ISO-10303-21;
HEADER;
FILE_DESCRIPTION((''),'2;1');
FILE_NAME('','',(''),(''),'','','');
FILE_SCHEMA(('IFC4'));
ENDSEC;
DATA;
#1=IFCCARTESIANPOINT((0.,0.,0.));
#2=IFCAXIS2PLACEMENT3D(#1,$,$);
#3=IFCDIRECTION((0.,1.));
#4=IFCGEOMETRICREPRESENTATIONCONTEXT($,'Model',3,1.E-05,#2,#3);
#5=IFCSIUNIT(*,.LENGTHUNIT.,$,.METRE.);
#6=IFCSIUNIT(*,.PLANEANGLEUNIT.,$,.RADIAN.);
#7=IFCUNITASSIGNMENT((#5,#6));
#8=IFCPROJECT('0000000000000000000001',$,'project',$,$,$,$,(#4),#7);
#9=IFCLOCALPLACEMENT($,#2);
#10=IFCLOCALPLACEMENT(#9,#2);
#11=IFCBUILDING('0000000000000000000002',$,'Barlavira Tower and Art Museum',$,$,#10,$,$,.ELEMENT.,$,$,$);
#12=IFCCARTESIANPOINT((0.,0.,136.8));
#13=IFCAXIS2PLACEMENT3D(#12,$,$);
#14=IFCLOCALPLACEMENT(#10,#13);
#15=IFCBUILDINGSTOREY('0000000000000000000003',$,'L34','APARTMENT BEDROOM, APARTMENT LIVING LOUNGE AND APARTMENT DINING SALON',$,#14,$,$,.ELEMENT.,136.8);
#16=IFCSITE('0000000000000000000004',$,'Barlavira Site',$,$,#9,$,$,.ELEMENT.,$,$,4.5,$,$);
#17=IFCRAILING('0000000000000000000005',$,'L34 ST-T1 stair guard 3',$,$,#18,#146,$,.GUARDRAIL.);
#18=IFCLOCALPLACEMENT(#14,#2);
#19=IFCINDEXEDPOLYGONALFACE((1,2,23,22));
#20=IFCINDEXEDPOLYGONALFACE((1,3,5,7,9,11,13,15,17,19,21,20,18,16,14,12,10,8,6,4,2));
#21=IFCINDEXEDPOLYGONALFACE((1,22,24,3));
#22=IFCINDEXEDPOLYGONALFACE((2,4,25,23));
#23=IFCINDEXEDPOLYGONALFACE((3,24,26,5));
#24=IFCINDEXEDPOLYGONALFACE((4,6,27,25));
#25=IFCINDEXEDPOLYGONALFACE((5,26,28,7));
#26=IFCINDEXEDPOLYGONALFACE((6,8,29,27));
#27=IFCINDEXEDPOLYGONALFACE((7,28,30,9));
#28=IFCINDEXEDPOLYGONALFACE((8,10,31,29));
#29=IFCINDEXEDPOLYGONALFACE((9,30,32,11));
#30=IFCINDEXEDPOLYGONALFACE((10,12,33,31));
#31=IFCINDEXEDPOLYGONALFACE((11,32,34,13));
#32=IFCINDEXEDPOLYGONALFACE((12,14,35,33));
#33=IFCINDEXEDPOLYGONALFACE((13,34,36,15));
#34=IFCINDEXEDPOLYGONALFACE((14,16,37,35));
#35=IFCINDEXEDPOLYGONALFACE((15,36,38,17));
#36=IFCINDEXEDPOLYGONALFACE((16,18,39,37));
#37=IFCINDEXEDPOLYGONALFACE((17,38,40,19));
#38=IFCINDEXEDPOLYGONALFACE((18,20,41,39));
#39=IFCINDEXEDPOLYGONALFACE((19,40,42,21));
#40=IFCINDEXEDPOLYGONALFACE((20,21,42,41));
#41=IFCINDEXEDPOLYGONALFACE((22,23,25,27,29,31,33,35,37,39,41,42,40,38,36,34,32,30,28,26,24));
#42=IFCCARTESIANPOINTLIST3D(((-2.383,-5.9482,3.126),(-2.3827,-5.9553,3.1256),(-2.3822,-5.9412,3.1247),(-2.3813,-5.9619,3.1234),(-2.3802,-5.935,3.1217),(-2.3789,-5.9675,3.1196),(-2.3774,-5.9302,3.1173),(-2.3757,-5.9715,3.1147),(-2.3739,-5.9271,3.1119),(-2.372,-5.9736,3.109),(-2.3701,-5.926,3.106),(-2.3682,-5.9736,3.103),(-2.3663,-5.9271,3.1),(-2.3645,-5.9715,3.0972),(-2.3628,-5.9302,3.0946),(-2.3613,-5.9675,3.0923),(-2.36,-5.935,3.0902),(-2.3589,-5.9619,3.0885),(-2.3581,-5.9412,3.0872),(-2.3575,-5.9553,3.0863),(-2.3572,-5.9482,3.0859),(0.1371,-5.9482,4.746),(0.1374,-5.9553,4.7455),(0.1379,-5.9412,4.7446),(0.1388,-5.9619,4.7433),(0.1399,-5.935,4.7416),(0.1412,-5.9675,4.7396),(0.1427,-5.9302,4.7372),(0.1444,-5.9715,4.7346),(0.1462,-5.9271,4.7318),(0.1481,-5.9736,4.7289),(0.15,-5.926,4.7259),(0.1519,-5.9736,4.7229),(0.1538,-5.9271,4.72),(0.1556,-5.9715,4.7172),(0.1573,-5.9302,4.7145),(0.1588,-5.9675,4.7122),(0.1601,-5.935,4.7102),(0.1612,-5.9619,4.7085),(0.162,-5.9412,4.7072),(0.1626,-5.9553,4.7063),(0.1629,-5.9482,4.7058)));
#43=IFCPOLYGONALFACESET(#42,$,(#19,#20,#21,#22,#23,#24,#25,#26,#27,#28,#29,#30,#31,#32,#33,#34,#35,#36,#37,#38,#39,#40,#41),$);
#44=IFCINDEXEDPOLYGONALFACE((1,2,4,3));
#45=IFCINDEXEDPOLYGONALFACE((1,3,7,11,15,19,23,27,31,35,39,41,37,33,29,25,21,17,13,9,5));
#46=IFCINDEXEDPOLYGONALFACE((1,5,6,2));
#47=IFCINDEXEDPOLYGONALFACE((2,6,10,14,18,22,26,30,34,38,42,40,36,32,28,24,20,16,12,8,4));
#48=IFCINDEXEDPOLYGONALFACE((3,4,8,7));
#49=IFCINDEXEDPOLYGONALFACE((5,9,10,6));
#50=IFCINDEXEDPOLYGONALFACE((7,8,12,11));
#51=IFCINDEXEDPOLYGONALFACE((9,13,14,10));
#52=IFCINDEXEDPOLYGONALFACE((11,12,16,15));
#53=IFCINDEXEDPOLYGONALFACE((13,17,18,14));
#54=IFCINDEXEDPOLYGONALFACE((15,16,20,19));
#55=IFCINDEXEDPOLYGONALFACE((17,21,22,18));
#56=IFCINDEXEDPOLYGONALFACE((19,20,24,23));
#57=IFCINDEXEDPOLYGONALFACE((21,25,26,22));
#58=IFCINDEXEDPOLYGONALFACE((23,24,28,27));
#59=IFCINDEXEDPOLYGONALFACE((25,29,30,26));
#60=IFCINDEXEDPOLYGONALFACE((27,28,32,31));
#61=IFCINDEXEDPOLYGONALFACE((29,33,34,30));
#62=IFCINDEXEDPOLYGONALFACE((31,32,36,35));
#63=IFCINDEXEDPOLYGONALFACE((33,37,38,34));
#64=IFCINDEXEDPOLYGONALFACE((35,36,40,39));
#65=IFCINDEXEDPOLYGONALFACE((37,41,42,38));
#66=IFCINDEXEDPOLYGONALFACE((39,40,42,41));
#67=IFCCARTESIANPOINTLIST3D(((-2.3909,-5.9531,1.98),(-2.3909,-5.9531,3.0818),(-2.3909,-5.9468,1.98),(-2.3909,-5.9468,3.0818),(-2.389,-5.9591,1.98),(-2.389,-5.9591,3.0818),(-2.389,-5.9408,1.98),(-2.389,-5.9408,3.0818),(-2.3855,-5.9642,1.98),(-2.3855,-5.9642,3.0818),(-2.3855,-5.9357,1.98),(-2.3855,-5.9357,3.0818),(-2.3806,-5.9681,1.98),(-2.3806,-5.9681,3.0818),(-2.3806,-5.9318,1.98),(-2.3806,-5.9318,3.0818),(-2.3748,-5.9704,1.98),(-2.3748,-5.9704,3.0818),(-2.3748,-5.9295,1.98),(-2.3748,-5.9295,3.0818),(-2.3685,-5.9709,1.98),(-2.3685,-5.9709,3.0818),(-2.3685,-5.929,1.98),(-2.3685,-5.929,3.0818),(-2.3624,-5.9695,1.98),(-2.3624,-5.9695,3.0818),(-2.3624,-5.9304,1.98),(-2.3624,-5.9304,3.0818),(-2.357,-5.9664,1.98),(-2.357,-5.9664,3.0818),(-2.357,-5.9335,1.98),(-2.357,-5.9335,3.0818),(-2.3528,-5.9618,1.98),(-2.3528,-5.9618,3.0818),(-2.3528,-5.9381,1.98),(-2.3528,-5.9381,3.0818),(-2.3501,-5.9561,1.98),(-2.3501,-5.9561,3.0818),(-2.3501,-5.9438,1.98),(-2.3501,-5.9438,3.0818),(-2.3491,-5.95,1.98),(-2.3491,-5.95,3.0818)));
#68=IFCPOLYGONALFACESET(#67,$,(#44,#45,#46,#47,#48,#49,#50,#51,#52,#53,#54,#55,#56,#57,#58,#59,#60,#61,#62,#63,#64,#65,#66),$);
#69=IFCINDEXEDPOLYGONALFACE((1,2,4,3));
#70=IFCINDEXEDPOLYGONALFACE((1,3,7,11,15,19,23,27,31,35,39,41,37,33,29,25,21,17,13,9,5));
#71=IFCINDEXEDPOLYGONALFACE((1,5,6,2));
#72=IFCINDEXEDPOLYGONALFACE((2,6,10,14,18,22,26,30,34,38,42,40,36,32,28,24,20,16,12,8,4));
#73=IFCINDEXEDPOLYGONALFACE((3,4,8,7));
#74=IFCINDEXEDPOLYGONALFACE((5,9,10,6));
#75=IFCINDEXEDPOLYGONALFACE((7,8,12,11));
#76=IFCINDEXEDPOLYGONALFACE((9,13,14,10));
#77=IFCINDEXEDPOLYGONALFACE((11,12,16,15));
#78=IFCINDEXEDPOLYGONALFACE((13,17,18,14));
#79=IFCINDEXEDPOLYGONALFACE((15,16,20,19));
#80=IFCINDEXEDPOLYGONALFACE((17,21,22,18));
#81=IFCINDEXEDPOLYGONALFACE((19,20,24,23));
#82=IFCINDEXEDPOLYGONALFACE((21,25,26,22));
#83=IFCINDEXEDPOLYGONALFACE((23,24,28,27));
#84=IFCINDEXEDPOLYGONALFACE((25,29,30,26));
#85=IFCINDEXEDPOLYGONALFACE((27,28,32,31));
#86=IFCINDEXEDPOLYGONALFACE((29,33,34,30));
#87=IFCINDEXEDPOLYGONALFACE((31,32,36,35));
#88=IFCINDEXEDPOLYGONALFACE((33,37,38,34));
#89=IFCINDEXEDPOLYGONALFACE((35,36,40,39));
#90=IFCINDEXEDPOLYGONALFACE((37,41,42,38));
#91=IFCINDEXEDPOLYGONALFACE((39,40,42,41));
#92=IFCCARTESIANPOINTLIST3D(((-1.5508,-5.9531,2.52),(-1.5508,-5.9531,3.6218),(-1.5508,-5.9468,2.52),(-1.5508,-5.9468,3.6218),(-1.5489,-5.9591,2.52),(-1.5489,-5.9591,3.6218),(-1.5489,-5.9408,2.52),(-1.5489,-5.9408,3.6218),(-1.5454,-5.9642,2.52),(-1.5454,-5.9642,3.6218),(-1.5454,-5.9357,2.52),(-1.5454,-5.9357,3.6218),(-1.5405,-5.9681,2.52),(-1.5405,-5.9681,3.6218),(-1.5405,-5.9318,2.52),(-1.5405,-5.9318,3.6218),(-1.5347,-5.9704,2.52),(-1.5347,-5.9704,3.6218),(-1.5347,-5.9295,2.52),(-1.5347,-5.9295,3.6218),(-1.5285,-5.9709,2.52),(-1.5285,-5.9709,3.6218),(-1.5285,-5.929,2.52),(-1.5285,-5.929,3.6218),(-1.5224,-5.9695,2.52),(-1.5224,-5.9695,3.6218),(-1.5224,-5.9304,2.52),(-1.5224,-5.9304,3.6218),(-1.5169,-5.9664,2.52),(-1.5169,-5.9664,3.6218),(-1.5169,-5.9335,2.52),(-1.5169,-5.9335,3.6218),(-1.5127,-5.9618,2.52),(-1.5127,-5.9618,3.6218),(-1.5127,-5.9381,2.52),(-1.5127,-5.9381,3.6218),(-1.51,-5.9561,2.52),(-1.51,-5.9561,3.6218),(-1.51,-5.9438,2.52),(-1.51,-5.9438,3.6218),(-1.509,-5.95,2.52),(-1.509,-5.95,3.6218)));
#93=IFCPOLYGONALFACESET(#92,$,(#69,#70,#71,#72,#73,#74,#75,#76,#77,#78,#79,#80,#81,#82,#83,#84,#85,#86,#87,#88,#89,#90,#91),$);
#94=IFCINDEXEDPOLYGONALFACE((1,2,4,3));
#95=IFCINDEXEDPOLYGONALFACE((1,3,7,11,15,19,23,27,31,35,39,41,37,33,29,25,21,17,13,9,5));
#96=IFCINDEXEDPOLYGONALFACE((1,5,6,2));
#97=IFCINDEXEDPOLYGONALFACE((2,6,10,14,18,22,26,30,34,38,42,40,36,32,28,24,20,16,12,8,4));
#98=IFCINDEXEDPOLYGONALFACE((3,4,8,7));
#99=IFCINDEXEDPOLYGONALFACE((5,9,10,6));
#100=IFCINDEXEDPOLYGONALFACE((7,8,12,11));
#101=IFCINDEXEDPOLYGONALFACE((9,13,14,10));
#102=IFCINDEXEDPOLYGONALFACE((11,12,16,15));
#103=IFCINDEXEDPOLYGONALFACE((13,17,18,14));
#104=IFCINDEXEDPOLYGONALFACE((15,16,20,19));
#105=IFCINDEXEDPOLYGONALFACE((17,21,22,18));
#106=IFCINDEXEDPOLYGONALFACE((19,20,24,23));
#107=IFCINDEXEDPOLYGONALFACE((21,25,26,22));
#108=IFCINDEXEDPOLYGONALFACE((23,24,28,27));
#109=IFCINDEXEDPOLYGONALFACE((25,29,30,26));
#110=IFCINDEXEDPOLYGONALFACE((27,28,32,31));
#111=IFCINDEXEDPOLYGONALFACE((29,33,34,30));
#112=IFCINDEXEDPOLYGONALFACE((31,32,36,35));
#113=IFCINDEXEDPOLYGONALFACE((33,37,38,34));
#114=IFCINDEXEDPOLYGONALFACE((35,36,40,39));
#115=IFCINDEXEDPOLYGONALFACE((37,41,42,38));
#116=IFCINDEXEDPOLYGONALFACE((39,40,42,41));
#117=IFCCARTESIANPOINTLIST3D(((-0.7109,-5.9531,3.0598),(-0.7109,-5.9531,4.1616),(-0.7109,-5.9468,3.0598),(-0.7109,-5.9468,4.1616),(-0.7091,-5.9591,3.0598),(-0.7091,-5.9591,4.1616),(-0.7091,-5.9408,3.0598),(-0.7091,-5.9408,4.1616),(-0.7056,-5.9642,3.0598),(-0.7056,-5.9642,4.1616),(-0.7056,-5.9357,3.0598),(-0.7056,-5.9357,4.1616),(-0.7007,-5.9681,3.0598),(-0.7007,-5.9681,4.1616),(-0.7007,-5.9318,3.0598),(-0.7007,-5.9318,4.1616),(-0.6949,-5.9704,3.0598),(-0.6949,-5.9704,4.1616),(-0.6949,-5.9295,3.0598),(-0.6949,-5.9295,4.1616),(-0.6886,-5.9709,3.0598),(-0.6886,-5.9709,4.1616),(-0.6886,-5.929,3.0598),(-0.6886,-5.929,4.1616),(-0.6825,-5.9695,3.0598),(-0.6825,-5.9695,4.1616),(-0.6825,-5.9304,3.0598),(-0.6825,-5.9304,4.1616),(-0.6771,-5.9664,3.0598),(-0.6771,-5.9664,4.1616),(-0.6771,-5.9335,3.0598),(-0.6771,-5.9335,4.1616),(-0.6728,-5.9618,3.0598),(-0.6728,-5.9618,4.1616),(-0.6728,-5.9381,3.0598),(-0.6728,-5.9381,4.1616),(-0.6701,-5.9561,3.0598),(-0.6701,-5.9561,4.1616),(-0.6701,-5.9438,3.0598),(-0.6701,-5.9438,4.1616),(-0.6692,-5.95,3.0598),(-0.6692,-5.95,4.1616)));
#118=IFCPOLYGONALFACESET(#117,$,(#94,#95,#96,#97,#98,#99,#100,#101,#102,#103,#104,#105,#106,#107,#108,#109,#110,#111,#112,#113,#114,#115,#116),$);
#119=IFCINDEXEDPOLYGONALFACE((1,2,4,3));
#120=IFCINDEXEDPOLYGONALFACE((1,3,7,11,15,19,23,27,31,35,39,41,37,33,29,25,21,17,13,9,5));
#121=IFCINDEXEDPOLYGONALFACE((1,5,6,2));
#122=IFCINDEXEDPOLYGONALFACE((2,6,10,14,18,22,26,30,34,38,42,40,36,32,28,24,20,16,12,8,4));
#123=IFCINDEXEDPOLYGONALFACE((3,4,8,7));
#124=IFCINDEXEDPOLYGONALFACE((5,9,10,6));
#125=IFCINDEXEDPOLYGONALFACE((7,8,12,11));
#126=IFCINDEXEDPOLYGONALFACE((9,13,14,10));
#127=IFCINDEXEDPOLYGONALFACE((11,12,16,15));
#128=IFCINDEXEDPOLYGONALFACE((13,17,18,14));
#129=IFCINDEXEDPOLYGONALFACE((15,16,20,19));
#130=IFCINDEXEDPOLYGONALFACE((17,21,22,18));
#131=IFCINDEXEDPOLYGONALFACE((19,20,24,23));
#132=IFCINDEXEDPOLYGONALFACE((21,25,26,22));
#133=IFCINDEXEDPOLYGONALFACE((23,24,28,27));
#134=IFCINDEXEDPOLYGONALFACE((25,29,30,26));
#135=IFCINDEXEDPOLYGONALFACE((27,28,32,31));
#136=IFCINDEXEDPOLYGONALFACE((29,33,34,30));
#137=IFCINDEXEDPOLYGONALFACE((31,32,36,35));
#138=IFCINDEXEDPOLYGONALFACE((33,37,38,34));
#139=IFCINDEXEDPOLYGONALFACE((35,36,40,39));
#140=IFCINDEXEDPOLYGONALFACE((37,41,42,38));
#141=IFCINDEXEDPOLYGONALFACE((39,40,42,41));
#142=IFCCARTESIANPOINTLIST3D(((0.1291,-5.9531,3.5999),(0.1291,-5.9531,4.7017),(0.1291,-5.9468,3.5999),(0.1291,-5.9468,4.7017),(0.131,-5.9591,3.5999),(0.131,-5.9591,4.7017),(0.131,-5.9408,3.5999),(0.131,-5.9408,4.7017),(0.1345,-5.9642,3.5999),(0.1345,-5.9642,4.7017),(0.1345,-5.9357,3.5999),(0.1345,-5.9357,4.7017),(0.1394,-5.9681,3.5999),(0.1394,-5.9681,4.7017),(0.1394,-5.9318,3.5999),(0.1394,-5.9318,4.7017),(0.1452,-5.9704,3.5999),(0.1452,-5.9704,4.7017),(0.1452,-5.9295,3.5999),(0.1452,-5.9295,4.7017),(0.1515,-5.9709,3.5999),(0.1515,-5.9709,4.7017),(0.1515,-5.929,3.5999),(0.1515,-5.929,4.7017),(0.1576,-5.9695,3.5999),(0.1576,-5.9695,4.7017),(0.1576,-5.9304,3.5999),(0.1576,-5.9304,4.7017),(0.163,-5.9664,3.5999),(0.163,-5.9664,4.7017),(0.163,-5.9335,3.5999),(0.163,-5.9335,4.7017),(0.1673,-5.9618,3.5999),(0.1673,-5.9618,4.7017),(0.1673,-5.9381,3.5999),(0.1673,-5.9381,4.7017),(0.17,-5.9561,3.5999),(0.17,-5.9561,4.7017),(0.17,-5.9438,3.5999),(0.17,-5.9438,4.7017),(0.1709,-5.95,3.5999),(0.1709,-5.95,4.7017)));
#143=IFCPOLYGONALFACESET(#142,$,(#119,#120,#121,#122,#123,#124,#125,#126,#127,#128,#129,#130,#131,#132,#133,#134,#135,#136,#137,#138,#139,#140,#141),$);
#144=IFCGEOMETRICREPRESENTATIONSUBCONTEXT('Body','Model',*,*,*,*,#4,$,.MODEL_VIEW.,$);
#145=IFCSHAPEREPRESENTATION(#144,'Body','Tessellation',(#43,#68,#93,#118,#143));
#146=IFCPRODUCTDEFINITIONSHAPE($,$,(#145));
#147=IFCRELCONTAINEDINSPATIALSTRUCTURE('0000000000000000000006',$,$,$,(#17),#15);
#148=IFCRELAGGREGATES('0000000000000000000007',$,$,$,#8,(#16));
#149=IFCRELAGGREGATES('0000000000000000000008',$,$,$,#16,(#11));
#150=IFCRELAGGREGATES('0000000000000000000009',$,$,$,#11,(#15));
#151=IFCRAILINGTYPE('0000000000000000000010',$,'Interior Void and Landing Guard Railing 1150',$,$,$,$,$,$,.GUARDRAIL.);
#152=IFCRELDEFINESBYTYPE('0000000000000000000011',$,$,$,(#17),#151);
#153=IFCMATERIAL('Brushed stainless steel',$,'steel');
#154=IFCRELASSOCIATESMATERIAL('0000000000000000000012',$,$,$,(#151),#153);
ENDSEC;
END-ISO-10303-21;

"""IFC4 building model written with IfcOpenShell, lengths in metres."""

from ifc_helpers import new_model, si_unit, direction, frame, origin, origin_2d, place, context, subcontext, project, spatial, circle, extrude, material, type_object, element, save


model = new_model("IFC4")

# Units and contexts
model_context = context("Model", 3, precision=1e-05, world=origin(), true_north=direction((0.0, 1.0)))
body_context = subcontext(model_context, "Body", "Model", "MODEL_VIEW")
ifc_project = project(units=[si_unit("LENGTHUNIT", "METRE"), si_unit("PLANEANGLEUNIT", "RADIAN")], contexts=[model_context])

# Site, building, storey
site_placement = place(None, origin())
site = spatial("IfcSite", under=ifc_project, at=site_placement, Name="Barlavira Site", CompositionType="ELEMENT", RefElevation=4.5)
building_placement = place(site_placement, origin())
building = spatial("IfcBuilding", under=site, at=building_placement, Name="Barlavira Tower and Art Museum", CompositionType="ELEMENT")
storey_placement = place(building_placement, frame((0.0, 0.0, 136.8)))
storey = spatial("IfcBuildingStorey", under=building, at=storey_placement, Name="L34", Description="APARTMENT BEDROOM, APARTMENT LIVING LOUNGE AND APARTMENT DINING SALON", CompositionType="ELEMENT", Elevation=136.8)

# Shared definitions
ifc_material_1 = material(Name="Brushed stainless steel", Category="steel")

# Railing
railing_type_1 = type_object("IfcRailingType", Name="Interior Void and Landing Guard Railing 1150", PredefinedType="GUARDRAIL", material=ifc_material_1)
railing_1_placement = place(storey_placement, frame((-2.3701, -5.95, 1.98)))
element("IfcRailing", 1, at=railing_1_placement, inside=storey, type_object=railing_type_1, Name="L34 ST-T1 stair guard 3", PredefinedType="GUARDRAIL", context=body_context, shape_type="SweptSolid", body=[
    extrude(circle(Radius=0.0239, at=origin_2d()), frame((0.0, 0.0, 1.126), z_axis=(0.8412, 0.0, 0.540725), x_axis=(0.0, 1.0, 0.0)), (0.0, 0.0, 1.0), 2.9958),
    extrude(circle(Radius=0.021, at=origin_2d()), origin(), (0.0, 0.0, 1.0), 1.1018),
    extrude(circle(Radius=0.021, at=origin_2d()), frame((0.8401, 0.0, 0.54)), (0.0, 0.0, 1.0), 1.1018),
    extrude(circle(Radius=0.021, at=origin_2d()), frame((1.6799, 0.0, 1.0798)), (0.0, 0.0, 1.0), 1.1018),
    extrude(circle(Radius=0.021, at=origin_2d()), frame((2.52, 0.0, 1.6199)), (0.0, 0.0, 1.0), 1.1018),
])

save(model, "model.ifc")
